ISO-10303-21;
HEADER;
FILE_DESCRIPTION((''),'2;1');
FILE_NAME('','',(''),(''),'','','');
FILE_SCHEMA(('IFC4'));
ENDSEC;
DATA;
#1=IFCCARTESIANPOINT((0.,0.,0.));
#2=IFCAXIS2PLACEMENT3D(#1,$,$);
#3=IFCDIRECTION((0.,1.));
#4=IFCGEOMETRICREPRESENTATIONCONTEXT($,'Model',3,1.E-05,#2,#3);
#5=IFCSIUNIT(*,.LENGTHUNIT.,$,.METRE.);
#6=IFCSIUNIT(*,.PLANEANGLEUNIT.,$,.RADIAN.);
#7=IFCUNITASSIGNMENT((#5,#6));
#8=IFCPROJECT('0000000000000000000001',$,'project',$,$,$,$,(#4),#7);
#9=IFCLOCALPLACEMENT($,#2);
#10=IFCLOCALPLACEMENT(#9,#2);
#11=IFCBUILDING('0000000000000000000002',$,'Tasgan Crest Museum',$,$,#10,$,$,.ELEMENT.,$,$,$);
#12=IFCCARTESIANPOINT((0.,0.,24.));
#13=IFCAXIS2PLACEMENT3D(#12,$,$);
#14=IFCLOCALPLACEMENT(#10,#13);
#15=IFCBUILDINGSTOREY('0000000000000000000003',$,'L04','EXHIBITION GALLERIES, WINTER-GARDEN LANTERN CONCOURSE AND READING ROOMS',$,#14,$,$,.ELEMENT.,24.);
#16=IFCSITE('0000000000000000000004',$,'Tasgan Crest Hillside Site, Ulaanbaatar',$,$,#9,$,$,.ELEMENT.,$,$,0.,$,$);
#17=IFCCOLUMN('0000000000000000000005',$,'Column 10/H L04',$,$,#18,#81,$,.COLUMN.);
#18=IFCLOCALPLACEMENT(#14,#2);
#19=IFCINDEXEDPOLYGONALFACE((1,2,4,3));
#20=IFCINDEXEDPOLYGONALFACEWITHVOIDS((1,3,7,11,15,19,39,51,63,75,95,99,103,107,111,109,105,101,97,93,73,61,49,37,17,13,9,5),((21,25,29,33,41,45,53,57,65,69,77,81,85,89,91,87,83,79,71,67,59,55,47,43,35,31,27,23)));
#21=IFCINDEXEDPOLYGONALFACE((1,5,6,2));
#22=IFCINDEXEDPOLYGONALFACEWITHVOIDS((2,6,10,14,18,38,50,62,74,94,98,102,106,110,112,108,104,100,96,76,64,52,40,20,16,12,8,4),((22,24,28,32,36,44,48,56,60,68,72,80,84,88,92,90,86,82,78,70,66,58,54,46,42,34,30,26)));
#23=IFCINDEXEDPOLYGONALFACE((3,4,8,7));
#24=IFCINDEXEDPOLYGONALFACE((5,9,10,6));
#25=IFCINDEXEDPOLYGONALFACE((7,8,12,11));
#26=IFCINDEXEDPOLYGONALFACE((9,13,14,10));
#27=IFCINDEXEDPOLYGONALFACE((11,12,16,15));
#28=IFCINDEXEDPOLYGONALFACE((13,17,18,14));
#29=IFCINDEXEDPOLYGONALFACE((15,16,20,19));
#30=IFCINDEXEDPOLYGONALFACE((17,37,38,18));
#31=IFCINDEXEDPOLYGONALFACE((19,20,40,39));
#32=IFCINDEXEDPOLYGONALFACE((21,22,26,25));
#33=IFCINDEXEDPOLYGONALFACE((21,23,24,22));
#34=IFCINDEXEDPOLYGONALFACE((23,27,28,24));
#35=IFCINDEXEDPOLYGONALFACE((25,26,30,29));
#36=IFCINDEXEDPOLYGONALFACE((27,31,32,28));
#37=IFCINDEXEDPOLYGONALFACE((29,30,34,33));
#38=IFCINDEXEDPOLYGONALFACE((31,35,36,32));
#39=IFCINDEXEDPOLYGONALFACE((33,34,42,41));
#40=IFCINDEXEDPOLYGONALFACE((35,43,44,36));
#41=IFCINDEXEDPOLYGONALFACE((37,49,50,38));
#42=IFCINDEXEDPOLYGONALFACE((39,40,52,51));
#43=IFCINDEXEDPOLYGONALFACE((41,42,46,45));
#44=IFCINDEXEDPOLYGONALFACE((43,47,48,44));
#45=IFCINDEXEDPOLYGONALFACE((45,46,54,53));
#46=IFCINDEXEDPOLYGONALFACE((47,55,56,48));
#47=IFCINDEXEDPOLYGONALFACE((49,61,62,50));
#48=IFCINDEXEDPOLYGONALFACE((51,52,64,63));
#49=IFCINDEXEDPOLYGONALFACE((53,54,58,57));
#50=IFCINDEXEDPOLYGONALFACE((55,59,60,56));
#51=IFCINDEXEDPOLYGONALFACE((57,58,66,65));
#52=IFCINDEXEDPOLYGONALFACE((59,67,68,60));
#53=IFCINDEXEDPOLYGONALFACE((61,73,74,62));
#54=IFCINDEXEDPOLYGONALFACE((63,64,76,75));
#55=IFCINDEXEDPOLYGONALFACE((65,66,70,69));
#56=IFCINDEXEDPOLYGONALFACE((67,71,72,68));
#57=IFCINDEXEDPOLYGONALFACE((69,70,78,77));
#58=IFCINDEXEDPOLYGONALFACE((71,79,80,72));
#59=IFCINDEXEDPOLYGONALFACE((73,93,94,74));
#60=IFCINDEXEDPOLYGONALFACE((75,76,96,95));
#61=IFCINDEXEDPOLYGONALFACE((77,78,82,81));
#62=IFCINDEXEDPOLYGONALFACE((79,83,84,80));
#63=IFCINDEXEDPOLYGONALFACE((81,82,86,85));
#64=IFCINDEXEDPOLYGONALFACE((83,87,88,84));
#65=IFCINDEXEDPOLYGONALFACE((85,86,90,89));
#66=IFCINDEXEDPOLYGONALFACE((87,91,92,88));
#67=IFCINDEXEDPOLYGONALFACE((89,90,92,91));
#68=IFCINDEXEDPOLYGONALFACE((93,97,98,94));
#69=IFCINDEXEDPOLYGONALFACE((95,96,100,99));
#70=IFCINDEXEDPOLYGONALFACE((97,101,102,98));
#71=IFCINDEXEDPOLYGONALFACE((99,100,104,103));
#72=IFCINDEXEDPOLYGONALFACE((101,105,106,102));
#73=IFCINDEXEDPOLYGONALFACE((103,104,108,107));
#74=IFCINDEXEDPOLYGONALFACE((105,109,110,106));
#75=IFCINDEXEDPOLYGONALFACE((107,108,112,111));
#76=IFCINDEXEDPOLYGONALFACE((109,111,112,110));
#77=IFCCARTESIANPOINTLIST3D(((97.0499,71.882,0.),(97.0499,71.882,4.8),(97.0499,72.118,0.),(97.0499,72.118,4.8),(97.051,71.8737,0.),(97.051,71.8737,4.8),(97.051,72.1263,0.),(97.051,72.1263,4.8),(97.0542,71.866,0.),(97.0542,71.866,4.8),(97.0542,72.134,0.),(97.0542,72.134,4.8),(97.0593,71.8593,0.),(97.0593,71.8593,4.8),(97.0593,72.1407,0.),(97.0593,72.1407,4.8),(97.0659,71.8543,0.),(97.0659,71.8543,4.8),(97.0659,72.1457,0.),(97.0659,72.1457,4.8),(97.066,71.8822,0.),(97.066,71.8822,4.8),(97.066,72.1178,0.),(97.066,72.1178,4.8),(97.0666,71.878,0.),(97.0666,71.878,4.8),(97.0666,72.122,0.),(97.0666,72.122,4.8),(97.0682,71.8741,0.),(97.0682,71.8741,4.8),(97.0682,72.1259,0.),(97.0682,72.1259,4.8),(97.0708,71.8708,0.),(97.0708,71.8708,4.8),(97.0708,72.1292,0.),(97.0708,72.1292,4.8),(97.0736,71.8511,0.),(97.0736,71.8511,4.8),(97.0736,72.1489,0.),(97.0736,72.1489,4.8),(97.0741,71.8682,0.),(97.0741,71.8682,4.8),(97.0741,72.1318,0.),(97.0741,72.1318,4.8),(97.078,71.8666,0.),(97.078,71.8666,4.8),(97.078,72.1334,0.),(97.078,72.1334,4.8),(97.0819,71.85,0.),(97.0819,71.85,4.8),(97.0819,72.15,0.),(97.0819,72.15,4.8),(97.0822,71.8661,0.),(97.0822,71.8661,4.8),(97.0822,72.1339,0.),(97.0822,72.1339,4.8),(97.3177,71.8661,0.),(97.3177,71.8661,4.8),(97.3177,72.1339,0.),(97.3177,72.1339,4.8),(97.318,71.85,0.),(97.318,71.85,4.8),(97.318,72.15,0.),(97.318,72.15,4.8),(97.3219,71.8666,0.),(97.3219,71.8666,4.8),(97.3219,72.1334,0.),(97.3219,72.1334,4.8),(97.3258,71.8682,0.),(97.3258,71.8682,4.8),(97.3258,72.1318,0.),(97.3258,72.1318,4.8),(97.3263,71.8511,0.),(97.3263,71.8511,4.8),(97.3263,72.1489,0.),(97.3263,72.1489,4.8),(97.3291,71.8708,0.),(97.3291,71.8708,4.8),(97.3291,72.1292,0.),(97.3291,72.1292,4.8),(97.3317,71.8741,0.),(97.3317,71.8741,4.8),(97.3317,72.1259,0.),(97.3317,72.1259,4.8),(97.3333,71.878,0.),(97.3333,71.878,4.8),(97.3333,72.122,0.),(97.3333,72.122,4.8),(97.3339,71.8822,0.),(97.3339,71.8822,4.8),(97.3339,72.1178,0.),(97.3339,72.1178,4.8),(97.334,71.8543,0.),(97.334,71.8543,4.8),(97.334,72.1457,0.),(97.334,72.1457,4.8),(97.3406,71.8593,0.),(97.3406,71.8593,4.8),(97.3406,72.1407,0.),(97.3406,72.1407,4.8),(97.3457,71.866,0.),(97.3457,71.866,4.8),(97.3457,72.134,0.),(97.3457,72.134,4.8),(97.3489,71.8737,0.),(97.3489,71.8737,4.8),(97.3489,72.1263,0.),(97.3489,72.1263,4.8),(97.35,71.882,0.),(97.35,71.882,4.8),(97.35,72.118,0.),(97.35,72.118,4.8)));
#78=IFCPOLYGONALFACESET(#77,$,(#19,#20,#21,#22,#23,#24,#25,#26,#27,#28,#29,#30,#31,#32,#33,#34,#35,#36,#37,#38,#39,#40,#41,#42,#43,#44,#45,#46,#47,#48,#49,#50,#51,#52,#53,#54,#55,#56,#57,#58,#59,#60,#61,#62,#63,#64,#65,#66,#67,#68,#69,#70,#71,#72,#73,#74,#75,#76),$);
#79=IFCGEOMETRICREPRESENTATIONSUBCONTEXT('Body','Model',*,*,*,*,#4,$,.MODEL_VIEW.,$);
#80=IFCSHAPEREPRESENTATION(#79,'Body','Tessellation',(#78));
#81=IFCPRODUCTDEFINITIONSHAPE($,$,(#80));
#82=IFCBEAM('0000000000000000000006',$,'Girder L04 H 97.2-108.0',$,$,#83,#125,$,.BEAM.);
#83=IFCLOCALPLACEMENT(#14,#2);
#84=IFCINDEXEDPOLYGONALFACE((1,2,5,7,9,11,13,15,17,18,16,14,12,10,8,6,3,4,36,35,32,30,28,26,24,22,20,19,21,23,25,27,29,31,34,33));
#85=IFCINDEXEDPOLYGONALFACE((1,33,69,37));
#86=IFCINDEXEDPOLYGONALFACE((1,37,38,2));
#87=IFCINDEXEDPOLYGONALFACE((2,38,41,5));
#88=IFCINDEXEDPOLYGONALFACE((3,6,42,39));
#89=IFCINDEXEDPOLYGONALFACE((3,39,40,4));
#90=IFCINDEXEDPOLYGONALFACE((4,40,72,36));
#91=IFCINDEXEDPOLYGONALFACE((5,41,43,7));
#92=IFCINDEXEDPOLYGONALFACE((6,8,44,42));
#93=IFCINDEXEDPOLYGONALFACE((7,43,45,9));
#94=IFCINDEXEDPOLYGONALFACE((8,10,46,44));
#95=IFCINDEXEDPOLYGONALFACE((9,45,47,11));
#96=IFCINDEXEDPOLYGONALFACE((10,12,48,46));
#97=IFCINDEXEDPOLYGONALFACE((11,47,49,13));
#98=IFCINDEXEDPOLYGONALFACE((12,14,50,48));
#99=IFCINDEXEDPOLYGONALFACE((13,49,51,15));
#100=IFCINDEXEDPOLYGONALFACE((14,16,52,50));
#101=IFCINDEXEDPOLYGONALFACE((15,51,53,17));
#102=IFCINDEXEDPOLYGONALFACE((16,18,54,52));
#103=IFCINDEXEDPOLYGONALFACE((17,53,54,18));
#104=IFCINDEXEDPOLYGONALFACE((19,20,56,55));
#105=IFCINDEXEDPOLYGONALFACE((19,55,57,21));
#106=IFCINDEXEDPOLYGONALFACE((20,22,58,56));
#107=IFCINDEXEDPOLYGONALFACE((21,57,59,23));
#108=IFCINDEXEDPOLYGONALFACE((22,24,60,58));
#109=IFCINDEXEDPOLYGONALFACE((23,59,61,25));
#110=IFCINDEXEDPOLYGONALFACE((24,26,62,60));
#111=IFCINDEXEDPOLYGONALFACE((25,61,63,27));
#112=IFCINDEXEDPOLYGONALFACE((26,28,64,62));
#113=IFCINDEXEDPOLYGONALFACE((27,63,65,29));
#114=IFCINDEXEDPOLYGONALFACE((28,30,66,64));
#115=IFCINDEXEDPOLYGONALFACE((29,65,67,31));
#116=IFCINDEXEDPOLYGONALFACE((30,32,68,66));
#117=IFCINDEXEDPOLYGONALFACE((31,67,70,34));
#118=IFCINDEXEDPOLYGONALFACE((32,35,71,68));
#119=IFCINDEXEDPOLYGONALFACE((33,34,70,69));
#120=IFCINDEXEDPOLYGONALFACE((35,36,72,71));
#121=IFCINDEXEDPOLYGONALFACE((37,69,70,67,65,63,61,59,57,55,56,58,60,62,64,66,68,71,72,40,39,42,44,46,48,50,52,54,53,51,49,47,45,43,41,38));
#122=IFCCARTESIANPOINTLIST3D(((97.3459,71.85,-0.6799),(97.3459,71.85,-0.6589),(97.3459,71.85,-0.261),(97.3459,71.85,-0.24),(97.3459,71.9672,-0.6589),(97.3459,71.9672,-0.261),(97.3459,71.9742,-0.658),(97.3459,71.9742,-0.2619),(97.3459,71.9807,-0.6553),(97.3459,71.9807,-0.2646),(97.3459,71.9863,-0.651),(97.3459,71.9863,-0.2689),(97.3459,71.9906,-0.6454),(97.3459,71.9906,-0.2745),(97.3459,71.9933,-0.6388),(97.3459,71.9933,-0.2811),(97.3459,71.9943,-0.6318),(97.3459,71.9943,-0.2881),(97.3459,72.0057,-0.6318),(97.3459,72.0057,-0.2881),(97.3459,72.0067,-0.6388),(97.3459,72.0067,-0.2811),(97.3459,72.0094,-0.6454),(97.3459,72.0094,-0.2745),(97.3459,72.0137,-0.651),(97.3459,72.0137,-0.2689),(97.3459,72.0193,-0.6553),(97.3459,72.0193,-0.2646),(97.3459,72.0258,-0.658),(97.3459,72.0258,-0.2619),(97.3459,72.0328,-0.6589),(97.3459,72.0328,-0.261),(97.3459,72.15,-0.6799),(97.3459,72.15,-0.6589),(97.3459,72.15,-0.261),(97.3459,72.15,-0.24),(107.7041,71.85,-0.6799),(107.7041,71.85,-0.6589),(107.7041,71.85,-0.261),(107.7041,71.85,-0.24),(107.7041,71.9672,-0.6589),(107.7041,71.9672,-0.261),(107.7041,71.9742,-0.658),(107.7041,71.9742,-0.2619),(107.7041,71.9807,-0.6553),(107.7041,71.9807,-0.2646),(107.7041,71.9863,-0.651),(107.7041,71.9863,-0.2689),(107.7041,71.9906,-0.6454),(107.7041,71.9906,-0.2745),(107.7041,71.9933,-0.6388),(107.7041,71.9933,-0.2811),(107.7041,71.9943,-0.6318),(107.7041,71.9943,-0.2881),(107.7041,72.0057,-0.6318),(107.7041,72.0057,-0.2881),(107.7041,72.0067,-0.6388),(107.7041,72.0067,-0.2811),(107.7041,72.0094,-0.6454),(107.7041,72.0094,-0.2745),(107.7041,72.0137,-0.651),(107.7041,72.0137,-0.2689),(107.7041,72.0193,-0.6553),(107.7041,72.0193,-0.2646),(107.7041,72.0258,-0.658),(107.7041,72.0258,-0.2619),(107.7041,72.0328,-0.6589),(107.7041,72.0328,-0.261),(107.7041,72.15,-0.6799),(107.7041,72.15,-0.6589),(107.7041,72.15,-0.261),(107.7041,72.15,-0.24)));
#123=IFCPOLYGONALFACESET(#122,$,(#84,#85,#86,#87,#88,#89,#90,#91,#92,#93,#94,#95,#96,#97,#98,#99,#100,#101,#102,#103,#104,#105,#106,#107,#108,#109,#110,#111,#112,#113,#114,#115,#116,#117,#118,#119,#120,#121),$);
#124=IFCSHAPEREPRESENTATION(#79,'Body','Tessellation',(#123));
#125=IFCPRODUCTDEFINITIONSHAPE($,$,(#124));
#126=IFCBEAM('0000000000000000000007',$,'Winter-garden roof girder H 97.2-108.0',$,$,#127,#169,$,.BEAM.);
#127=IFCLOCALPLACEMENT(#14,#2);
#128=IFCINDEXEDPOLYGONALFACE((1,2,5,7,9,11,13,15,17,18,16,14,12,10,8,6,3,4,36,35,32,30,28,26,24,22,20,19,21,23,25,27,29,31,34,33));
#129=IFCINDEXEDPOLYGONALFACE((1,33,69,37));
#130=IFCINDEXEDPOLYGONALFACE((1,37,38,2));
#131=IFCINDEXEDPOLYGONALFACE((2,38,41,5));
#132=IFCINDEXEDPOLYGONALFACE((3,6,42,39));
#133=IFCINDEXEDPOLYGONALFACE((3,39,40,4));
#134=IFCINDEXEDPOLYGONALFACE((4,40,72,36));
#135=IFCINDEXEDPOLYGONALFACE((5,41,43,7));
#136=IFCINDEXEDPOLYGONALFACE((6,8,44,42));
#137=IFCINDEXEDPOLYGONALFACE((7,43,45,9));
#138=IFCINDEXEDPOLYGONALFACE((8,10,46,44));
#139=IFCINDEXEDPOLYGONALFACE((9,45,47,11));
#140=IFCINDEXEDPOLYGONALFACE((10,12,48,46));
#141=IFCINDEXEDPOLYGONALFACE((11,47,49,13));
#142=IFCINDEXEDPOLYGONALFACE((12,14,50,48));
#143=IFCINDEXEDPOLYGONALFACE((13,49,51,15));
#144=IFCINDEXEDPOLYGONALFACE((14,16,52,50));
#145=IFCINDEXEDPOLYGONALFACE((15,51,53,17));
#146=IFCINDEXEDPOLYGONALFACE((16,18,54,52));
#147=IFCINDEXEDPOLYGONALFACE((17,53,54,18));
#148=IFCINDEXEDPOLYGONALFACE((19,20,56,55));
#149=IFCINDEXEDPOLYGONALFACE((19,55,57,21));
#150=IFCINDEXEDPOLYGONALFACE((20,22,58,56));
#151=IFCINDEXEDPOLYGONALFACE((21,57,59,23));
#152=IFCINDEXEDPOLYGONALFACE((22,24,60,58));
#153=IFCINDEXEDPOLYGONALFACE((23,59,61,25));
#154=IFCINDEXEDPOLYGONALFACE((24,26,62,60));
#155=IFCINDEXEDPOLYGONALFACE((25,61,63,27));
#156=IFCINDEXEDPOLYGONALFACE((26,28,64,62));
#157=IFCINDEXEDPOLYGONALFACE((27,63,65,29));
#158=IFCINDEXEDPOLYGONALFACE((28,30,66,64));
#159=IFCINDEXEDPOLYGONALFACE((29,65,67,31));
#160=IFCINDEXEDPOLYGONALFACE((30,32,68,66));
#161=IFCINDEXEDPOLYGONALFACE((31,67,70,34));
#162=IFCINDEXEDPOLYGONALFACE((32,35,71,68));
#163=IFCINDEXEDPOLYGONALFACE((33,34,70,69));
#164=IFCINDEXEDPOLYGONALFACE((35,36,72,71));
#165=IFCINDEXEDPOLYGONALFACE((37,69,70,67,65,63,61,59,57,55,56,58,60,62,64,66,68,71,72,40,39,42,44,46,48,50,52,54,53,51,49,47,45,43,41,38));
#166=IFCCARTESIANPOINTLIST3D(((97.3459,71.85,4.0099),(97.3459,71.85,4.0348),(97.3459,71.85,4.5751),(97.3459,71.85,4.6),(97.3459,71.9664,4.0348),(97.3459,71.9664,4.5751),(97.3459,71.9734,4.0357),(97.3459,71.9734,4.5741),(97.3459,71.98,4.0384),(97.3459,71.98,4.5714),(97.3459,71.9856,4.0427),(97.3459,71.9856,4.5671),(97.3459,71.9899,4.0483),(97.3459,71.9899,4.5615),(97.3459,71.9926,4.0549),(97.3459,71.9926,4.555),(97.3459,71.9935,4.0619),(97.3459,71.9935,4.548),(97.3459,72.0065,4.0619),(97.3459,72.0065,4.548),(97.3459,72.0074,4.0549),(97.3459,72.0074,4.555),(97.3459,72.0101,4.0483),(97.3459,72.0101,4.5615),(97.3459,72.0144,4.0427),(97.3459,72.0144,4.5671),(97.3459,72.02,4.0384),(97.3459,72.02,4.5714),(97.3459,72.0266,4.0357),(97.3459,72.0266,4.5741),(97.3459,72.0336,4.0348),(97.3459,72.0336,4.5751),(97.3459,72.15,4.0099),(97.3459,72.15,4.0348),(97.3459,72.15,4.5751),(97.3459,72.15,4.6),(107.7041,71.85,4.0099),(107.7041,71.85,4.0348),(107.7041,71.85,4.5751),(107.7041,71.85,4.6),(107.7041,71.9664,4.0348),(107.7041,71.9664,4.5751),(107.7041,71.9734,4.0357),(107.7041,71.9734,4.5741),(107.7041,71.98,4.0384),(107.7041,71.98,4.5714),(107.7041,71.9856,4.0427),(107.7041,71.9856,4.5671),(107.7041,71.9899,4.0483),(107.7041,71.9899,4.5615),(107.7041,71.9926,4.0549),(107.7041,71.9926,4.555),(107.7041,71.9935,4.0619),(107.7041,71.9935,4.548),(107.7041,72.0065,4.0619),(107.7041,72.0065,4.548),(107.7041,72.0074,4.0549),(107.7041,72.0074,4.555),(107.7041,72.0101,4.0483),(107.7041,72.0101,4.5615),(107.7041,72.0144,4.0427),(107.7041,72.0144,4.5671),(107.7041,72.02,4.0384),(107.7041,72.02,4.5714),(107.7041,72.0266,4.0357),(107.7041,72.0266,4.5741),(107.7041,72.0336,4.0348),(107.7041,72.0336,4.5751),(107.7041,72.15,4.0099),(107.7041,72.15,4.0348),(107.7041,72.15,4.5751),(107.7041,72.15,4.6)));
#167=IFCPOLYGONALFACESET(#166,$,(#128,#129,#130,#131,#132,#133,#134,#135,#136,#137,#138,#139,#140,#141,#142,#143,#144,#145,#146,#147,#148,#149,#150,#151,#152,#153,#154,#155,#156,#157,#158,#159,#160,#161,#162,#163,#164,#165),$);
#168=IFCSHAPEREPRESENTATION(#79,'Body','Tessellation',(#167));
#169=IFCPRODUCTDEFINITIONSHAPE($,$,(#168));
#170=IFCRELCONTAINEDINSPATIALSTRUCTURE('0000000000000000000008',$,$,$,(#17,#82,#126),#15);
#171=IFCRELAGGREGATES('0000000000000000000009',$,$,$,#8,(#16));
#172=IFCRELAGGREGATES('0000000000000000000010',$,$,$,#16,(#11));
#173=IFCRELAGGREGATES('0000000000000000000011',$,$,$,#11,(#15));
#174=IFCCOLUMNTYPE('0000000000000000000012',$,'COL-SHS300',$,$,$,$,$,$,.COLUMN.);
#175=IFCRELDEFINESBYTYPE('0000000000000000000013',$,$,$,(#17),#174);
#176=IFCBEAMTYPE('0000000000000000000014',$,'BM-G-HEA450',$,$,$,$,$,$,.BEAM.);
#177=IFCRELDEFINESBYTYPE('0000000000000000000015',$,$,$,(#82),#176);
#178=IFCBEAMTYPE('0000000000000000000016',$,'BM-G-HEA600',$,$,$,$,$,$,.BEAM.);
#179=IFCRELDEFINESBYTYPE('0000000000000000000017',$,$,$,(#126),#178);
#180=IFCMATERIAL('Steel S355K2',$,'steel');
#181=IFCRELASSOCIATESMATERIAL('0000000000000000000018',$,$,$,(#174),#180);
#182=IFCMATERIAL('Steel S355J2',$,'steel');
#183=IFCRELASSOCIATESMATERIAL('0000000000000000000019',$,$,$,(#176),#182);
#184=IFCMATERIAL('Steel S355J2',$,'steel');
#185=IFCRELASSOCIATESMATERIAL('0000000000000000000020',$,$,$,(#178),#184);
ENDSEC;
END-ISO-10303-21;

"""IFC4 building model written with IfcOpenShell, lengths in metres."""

from ifc_helpers import new_model, si_unit, direction, frame, origin, origin_2d, place, context, subcontext, project, spatial, hollow_rectangle, i_section, extrude, material, material_profile, profile_set, type_object, element, save


model = new_model("IFC4")

# Units and contexts
model_context = context("Model", 3, precision=1e-05, world=origin(), true_north=direction((0.0, 1.0)))
body_context = subcontext(model_context, "Body", "Model", "MODEL_VIEW")
ifc_project = project(units=[si_unit("LENGTHUNIT", "METRE"), si_unit("PLANEANGLEUNIT", "RADIAN")], contexts=[model_context])

# Site, building, storey
site_placement = place(None, origin())
site = spatial("IfcSite", under=ifc_project, at=site_placement, Name="Tasgan Crest Hillside Site, Ulaanbaatar", CompositionType="ELEMENT", RefElevation=0.0)
building_placement = place(site_placement, origin())
building = spatial("IfcBuilding", under=site, at=building_placement, Name="Tasgan Crest Museum", CompositionType="ELEMENT")
storey_placement = place(building_placement, frame((0.0, 0.0, 24.0)))
storey = spatial("IfcBuildingStorey", under=building, at=storey_placement, Name="L04", Description="EXHIBITION GALLERIES, WINTER-GARDEN LANTERN CONCOURSE AND READING ROOMS", CompositionType="ELEMENT", Elevation=24.0)

# Column
ifc_material_1 = material(Name="Steel S355K2", Category="steel")
ifc_material_profile_1 = material_profile(ifc_material_1, hollow_rectangle(XDim=0.3, YDim=0.3, WallThickness=0.0161, InnerFilletRadius=0.0161, OuterFilletRadius=0.032, at=origin_2d()), Name="SHS 300x300x16")
ifc_profile_set_1 = profile_set([ifc_material_profile_1], Name="Steel S355K2")
column_type = type_object("IfcColumnType", Name="COL-SHS300", PredefinedType="COLUMN", material=ifc_profile_set_1)
column_placement = place(storey_placement, frame((97.2, 72.0, 0.0), z_axis=(0.0, 0.0, 1.0), x_axis=(1.0, 0.0, 0.0)))
element("IfcColumn", 1, at=column_placement, inside=storey, type_object=column_type, Name="Column 10/H L04", PredefinedType="COLUMN", context=body_context, shape_type="SweptSolid", body=[
    extrude(hollow_rectangle(XDim=0.3, YDim=0.3, WallThickness=0.0161, InnerFilletRadius=0.0161, OuterFilletRadius=0.032, at=origin_2d()), origin(), (0.0, 0.0, 1.0), 4.8),
])

# Beams
ifc_material_2 = material(Name="Steel S355J2", Category="steel")
ifc_material_profile_2 = material_profile(ifc_material_2, i_section(OverallWidth=0.3, OverallDepth=0.4399, WebThickness=0.0115, FlangeThickness=0.021, FilletRadius=0.0271, at=origin_2d()), Name="HEA 450")
ifc_profile_set_2 = profile_set([ifc_material_profile_2], Name="Steel S355J2")
beam_type_1 = type_object("IfcBeamType", Name="BM-G-HEA450", PredefinedType="BEAM", material=ifc_profile_set_2)
beam_1_placement = place(storey_placement, frame((97.3459, 72.0, -0.46), z_axis=(1.0, 0.0, 0.0), x_axis=(0.0, 1.0, 0.0)))
element("IfcBeam", 2, at=beam_1_placement, inside=storey, type_object=beam_type_1, Name="Girder L04 H 97.2-108.0", PredefinedType="BEAM", context=body_context, shape_type="SweptSolid", body=[
    extrude(i_section(OverallWidth=0.3, OverallDepth=0.4399, WebThickness=0.0115, FlangeThickness=0.021, FilletRadius=0.0271, at=origin_2d()), origin(), (0.0, 0.0, 1.0), 10.3582),
])
ifc_material_3 = material(Name="Steel S355J2", Category="steel")
ifc_material_profile_3 = material_profile(ifc_material_3, i_section(OverallWidth=0.3, OverallDepth=0.5901, WebThickness=0.0129, FlangeThickness=0.0249, FilletRadius=0.0271, at=origin_2d()), Name="HEA 600")
ifc_profile_set_3 = profile_set([ifc_material_profile_3], Name="Steel S355J2")
beam_type_2 = type_object("IfcBeamType", Name="BM-G-HEA600", PredefinedType="BEAM", material=ifc_profile_set_3)
beam_2_placement = place(storey_placement, frame((97.3459, 72.0, 4.3049), z_axis=(1.0, 0.0, 0.0), x_axis=(0.0, 1.0, 0.0)))
element("IfcBeam", 3, at=beam_2_placement, inside=storey, type_object=beam_type_2, Name="Winter-garden roof girder H 97.2-108.0", PredefinedType="BEAM", context=body_context, shape_type="SweptSolid", body=[
    extrude(i_section(OverallWidth=0.3, OverallDepth=0.5901, WebThickness=0.0129, FlangeThickness=0.0249, FilletRadius=0.0271, at=origin_2d()), origin(), (0.0, 0.0, 1.0), 10.3582),
])

save(model, "model.ifc")
